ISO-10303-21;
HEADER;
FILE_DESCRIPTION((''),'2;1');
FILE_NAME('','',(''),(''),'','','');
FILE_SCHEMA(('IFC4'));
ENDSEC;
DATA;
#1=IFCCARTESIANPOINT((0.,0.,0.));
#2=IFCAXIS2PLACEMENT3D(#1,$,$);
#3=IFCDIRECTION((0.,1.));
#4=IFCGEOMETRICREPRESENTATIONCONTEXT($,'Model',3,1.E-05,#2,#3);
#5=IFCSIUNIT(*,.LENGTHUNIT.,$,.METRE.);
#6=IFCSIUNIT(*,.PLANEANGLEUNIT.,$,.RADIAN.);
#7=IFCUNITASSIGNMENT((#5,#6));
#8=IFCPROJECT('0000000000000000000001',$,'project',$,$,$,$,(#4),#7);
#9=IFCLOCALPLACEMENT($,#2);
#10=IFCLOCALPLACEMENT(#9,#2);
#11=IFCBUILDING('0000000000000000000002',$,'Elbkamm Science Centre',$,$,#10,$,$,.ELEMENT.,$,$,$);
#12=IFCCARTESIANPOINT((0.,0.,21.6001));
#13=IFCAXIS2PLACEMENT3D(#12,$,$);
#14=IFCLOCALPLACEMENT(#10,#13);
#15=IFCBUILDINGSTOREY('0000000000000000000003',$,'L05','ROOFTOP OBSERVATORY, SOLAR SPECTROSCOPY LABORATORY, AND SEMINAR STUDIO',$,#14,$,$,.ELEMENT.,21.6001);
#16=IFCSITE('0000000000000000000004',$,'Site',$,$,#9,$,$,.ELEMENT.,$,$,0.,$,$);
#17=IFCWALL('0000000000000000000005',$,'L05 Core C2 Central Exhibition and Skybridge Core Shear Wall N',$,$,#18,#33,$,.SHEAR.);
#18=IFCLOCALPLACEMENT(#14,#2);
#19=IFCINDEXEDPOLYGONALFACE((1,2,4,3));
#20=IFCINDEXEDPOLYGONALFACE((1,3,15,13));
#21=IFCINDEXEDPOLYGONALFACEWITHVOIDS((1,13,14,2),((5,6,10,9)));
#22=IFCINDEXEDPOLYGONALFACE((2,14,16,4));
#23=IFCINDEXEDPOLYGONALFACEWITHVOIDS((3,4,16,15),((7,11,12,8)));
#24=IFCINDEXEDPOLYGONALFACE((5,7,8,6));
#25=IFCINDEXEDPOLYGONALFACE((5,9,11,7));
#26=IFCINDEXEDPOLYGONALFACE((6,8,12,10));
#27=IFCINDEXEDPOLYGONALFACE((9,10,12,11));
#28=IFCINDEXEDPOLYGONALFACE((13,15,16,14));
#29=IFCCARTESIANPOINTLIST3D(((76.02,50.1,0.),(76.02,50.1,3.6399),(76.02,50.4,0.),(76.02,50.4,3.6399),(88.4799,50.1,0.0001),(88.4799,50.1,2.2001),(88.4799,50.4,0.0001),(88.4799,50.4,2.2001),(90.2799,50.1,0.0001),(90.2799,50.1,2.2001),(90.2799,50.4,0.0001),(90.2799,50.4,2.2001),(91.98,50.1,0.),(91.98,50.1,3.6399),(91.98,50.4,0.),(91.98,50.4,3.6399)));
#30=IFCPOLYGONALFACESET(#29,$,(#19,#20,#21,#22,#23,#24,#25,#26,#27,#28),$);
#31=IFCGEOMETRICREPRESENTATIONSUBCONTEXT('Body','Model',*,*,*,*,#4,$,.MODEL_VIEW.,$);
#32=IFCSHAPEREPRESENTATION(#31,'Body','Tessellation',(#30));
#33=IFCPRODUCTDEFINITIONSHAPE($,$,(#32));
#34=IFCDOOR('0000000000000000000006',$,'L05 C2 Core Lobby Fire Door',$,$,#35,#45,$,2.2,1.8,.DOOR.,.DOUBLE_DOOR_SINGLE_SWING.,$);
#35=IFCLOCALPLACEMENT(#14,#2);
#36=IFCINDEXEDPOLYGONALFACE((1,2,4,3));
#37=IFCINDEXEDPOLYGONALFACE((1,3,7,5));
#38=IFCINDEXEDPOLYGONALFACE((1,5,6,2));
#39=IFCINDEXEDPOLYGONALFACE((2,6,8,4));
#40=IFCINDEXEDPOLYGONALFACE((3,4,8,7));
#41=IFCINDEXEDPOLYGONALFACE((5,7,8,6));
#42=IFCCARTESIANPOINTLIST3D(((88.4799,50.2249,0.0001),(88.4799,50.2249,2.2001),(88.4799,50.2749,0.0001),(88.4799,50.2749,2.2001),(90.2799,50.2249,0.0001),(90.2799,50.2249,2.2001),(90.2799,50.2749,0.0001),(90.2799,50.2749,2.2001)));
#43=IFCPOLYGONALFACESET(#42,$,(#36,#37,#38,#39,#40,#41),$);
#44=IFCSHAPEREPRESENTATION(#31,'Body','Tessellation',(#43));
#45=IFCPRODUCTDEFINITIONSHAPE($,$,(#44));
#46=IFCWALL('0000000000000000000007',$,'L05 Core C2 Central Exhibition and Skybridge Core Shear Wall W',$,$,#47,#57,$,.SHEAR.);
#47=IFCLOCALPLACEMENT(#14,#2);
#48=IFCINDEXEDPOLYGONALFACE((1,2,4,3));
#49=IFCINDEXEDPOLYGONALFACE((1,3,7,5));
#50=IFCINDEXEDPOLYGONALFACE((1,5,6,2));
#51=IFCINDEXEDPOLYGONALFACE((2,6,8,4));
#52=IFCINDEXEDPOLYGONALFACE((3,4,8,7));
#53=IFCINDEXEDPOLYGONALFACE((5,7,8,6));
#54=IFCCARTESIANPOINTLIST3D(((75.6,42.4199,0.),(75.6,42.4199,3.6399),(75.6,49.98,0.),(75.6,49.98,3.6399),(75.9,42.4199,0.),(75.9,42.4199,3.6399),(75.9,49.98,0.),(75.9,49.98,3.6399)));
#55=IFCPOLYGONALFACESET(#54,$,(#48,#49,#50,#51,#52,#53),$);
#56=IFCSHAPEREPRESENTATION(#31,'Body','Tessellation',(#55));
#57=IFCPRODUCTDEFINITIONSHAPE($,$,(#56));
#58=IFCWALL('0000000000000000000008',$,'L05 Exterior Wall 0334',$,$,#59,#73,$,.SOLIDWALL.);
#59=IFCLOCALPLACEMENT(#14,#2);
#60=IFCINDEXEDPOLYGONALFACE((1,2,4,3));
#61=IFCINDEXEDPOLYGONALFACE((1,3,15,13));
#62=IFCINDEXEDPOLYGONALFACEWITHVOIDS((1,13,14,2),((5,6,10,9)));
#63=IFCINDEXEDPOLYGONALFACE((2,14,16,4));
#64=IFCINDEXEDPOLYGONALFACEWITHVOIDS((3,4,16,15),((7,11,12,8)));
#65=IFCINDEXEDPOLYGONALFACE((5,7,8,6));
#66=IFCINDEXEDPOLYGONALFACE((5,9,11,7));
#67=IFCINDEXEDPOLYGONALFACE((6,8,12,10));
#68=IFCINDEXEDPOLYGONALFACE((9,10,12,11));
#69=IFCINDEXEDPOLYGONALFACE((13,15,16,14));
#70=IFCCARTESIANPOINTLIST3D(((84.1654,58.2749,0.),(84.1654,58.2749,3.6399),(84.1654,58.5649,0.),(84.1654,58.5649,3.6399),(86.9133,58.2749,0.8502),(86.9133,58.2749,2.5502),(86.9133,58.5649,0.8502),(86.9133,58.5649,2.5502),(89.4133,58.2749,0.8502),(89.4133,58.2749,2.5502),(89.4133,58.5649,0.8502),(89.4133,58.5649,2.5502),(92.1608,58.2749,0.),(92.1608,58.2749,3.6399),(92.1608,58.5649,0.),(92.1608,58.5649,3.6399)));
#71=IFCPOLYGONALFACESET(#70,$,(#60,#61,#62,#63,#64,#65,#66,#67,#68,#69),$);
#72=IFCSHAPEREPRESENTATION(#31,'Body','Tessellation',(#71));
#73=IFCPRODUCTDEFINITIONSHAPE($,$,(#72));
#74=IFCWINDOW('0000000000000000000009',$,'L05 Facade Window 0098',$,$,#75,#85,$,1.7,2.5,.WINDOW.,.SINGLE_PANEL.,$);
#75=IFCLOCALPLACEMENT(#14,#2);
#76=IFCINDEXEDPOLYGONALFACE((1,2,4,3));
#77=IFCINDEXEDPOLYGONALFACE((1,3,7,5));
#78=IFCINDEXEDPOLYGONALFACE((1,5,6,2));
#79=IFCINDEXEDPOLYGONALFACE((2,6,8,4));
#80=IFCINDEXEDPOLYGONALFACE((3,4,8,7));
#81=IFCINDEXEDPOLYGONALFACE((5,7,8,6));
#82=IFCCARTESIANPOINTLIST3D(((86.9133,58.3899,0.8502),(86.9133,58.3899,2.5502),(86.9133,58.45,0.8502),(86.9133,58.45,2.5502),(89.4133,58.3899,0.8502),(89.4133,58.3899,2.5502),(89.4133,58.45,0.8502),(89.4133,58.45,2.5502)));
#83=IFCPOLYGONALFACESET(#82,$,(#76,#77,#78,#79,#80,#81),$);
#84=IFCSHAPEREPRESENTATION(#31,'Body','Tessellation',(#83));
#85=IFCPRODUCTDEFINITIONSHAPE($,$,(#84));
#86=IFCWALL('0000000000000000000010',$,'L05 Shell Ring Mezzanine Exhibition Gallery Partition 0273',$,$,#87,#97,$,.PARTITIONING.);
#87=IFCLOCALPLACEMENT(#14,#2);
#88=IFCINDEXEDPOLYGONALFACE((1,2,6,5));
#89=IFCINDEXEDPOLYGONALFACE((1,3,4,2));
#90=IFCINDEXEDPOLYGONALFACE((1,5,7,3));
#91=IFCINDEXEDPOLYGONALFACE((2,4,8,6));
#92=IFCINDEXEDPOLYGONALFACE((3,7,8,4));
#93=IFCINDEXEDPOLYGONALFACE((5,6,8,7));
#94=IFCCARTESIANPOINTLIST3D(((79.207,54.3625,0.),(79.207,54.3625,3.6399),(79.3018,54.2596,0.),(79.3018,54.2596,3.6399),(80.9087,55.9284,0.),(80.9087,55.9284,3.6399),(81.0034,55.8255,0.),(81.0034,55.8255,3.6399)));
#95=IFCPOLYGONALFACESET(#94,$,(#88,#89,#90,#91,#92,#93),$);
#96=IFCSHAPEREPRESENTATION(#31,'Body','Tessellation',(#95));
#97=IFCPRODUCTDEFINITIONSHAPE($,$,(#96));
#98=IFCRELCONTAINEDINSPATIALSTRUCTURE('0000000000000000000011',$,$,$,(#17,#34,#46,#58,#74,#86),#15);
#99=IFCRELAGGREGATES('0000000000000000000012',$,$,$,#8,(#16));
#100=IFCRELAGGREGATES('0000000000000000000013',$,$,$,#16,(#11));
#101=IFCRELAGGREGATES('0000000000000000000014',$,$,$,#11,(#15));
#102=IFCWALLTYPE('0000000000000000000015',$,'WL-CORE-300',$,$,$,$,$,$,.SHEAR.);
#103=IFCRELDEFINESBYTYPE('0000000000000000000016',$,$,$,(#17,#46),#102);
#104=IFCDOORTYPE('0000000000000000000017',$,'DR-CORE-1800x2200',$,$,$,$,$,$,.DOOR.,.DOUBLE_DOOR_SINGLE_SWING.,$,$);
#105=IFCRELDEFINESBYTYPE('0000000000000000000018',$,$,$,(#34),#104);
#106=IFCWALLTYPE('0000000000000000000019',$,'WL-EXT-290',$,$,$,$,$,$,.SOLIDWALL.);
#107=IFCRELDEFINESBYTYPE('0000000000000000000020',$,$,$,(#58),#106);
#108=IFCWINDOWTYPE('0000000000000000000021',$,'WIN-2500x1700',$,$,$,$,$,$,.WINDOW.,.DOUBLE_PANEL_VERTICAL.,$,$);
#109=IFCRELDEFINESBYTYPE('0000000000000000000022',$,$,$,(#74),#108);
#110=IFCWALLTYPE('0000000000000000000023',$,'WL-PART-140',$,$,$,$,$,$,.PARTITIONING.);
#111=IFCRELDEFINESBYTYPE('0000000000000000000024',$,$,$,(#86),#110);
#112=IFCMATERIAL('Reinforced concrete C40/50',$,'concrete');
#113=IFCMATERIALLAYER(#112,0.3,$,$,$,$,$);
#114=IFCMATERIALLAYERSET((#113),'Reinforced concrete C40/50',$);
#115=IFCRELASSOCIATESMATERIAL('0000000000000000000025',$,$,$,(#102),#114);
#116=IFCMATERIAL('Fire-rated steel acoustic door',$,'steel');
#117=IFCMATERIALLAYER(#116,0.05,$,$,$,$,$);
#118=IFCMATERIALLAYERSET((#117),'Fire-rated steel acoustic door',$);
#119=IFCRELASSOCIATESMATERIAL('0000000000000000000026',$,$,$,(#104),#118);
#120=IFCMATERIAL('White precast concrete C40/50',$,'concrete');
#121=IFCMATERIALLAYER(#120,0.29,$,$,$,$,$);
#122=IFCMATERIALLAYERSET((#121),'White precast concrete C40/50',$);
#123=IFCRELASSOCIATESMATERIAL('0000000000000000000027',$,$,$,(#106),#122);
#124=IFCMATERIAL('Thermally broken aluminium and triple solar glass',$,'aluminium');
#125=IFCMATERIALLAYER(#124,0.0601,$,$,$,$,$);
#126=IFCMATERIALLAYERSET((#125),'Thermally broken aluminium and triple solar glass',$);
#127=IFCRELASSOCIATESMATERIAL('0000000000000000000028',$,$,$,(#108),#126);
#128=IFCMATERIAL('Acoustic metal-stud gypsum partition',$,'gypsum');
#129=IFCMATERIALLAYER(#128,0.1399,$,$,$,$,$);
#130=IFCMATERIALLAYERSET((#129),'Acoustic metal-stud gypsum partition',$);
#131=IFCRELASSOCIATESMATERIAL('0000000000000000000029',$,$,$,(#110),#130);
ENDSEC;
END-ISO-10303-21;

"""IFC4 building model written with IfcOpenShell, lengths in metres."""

from ifc_helpers import new_model, si_unit, direction, frame, frame_2d, origin, place, context, subcontext, project, spatial, rectangle, extrude, material, layer, layer_set, type_object, element, fill, save


model = new_model("IFC4")

# Units and contexts
model_context = context("Model", 3, precision=1e-05, world=origin(), true_north=direction((0.0, 1.0)))
body_context = subcontext(model_context, "Body", "Model", "MODEL_VIEW")
ifc_project = project(units=[si_unit("LENGTHUNIT", "METRE"), si_unit("PLANEANGLEUNIT", "RADIAN")], contexts=[model_context])

# Site, building, storey
site_placement = place(None, origin())
site = spatial("IfcSite", under=ifc_project, at=site_placement, Name="Site", CompositionType="ELEMENT", RefElevation=0.0)
building_placement = place(site_placement, origin())
building = spatial("IfcBuilding", under=site, at=building_placement, Name="Elbkamm Science Centre", CompositionType="ELEMENT")
storey_placement = place(building_placement, frame((0.0, 0.0, 21.6001)))
storey = spatial("IfcBuildingStorey", under=building, at=storey_placement, Name="L05", Description="ROOFTOP OBSERVATORY, SOLAR SPECTROSCOPY LABORATORY, AND SEMINAR STUDIO", CompositionType="ELEMENT", Elevation=21.6001)

# Shared definitions
ifc_material_1 = material(Name="Reinforced concrete C40/50", Category="concrete")
ifc_layer_1 = layer(ifc_material_1, 0.3)
ifc_layer_set_1 = layer_set([ifc_layer_1], Name="Reinforced concrete C40/50")
wall_type_1 = type_object("IfcWallType", Name="WL-CORE-300", PredefinedType="SHEAR", material=ifc_layer_set_1)

# Wall, opening, door
wall_1_placement = place(storey_placement, frame((76.02, 50.25, 0.0), z_axis=(0.0, 0.0, 1.0), x_axis=(1.0, 0.0, 0.0)))
wall_1 = element("IfcWall", 1, at=wall_1_placement, inside=storey, type_object=wall_type_1, Name="L05 Core C2 Central Exhibition and Skybridge Core Shear Wall N", PredefinedType="SHEAR", context=body_context, shape_type="SweptSolid", body=[
    extrude(rectangle(XDim=15.96, YDim=0.3, at=frame_2d((7.98, 0.0))), origin(), (0.0, 0.0, 1.0), 3.6399),
])
opening_1_placement = place(wall_1_placement, frame((12.46, 0.0, 0.0)))
opening_1 = element("IfcOpeningElement", 2, at=opening_1_placement, cuts=wall_1, PredefinedType="OPENING", context=body_context, shape_type="SweptSolid", body=[
    extrude(rectangle(XDim=1.8, YDim=2.2, at=frame_2d((0.8999, 1.1001))), frame((0.0, 0.1621, 0.0), z_axis=(0.0, -1.0, 0.0), x_axis=(1.0, 0.0, 0.0)), (0.0, 0.0, 1.0), 0.324),
])
ifc_material_2 = material(Name="Fire-rated steel acoustic door", Category="steel")
ifc_layer_2 = layer(ifc_material_2, 0.05)
ifc_layer_set_2 = layer_set([ifc_layer_2], Name="Fire-rated steel acoustic door")
door_type_1 = type_object("IfcDoorType", Name="DR-CORE-1800x2200", OperationType="DOUBLE_DOOR_SINGLE_SWING", PredefinedType="DOOR", material=ifc_layer_set_2)
door_1_placement = place(opening_1_placement, origin())
door_1 = element("IfcDoor", 3, at=door_1_placement, inside=storey, type_object=door_type_1, Name="L05 C2 Core Lobby Fire Door", OperationType="DOUBLE_DOOR_SINGLE_SWING", OverallHeight=2.2, OverallWidth=1.8, PredefinedType="DOOR", context=body_context, shape_type="SweptSolid", body=[
    extrude(rectangle(XDim=1.8, YDim=2.2, at=frame_2d((0.8999, 1.1001))), frame((0.0, 0.0249, 0.0), z_axis=(0.0, -1.0, 0.0), x_axis=(1.0, 0.0, 0.0)), (0.0, 0.0, 1.0), 0.05),
])
fill(opening_1, door_1)

# Wall
wall_2_placement = place(storey_placement, frame((75.75, 42.4199, 0.0), z_axis=(0.0, 0.0, 1.0), x_axis=(0.0, 1.0, 0.0)))
element("IfcWall", 4, at=wall_2_placement, inside=storey, type_object=wall_type_1, Name="L05 Core C2 Central Exhibition and Skybridge Core Shear Wall W", PredefinedType="SHEAR", context=body_context, shape_type="SweptSolid", body=[
    extrude(rectangle(XDim=7.5601, YDim=0.3, at=frame_2d((3.78, 0.0))), origin(), (0.0, 0.0, 1.0), 3.6399),
])

# Wall, opening, window
ifc_material_3 = material(Name="White precast concrete C40/50", Category="concrete")
ifc_layer_3 = layer(ifc_material_3, 0.29)
ifc_layer_set_3 = layer_set([ifc_layer_3], Name="White precast concrete C40/50")
wall_type_2 = type_object("IfcWallType", Name="WL-EXT-290", PredefinedType="SOLIDWALL", material=ifc_layer_set_3)
wall_3_placement = place(storey_placement, frame((84.1655, 58.4199, 0.0), z_axis=(0.0, 0.0, 1.0), x_axis=(1.0, 0.0, 0.0)))
wall_3 = element("IfcWall", 5, at=wall_3_placement, inside=storey, type_object=wall_type_2, Name="L05 Exterior Wall 0334", PredefinedType="SOLIDWALL", context=body_context, shape_type="SweptSolid", body=[
    extrude(rectangle(XDim=7.9954, YDim=0.29, at=frame_2d((3.9976, 0.0))), origin(), (0.0, 0.0, 1.0), 3.6399),
])
opening_2_placement = place(wall_3_placement, frame((2.7478, 0.0, 0.8501)))
opening_2 = element("IfcOpeningElement", 6, at=opening_2_placement, cuts=wall_3, PredefinedType="OPENING", context=body_context, shape_type="SweptSolid", body=[
    extrude(rectangle(XDim=2.5, YDim=1.7, at=frame_2d((1.25, 0.8501))), frame((0.0, 0.157, 0.0), z_axis=(0.0, -1.0, 0.0), x_axis=(1.0, 0.0, 0.0)), (0.0, 0.0, 1.0), 0.314),
])
ifc_material_4 = material(Name="Thermally broken aluminium and triple solar glass", Category="aluminium")
ifc_layer_4 = layer(ifc_material_4, 0.0601)
ifc_layer_set_4 = layer_set([ifc_layer_4], Name="Thermally broken aluminium and triple solar glass")
window_type = type_object("IfcWindowType", Name="WIN-2500x1700", PartitioningType="DOUBLE_PANEL_VERTICAL", PredefinedType="WINDOW", material=ifc_layer_set_4)
window_placement = place(opening_2_placement, origin())
window = element("IfcWindow", 7, at=window_placement, inside=storey, type_object=window_type, Name="L05 Facade Window 0098", OverallHeight=1.7, OverallWidth=2.5, PartitioningType="SINGLE_PANEL", PredefinedType="WINDOW", context=body_context, shape_type="SweptSolid", body=[
    extrude(rectangle(XDim=2.5, YDim=1.7, at=frame_2d((1.25, 0.8501))), frame((0.0, 0.03, 0.0), z_axis=(0.0, -1.0, 0.0), x_axis=(1.0, 0.0, 0.0)), (0.0, 0.0, 1.0), 0.0601),
])
fill(opening_2, window)

# Wall
ifc_material_5 = material(Name="Acoustic metal-stud gypsum partition", Category="gypsum")
ifc_layer_5 = layer(ifc_material_5, 0.1399)
ifc_layer_set_5 = layer_set([ifc_layer_5], Name="Acoustic metal-stud gypsum partition")
wall_type_3 = type_object("IfcWallType", Name="WL-PART-140", PredefinedType="PARTITIONING", material=ifc_layer_set_5)
wall_4_placement = place(storey_placement, frame((80.9561, 55.877, 0.0), z_axis=(0.0, 0.0, 1.0), x_axis=(-0.735847, -0.677148, 0.0)))
element("IfcWall", 8, at=wall_4_placement, inside=storey, type_object=wall_type_3, Name="L05 Shell Ring Mezzanine Exhibition Gallery Partition 0273", PredefinedType="PARTITIONING", context=body_context, shape_type="SweptSolid", body=[
    extrude(rectangle(XDim=2.3125, YDim=0.1399, at=frame_2d((1.1562, 0.0))), origin(), (0.0, 0.0, 1.0), 3.6399),
])

save(model, "model.ifc")
